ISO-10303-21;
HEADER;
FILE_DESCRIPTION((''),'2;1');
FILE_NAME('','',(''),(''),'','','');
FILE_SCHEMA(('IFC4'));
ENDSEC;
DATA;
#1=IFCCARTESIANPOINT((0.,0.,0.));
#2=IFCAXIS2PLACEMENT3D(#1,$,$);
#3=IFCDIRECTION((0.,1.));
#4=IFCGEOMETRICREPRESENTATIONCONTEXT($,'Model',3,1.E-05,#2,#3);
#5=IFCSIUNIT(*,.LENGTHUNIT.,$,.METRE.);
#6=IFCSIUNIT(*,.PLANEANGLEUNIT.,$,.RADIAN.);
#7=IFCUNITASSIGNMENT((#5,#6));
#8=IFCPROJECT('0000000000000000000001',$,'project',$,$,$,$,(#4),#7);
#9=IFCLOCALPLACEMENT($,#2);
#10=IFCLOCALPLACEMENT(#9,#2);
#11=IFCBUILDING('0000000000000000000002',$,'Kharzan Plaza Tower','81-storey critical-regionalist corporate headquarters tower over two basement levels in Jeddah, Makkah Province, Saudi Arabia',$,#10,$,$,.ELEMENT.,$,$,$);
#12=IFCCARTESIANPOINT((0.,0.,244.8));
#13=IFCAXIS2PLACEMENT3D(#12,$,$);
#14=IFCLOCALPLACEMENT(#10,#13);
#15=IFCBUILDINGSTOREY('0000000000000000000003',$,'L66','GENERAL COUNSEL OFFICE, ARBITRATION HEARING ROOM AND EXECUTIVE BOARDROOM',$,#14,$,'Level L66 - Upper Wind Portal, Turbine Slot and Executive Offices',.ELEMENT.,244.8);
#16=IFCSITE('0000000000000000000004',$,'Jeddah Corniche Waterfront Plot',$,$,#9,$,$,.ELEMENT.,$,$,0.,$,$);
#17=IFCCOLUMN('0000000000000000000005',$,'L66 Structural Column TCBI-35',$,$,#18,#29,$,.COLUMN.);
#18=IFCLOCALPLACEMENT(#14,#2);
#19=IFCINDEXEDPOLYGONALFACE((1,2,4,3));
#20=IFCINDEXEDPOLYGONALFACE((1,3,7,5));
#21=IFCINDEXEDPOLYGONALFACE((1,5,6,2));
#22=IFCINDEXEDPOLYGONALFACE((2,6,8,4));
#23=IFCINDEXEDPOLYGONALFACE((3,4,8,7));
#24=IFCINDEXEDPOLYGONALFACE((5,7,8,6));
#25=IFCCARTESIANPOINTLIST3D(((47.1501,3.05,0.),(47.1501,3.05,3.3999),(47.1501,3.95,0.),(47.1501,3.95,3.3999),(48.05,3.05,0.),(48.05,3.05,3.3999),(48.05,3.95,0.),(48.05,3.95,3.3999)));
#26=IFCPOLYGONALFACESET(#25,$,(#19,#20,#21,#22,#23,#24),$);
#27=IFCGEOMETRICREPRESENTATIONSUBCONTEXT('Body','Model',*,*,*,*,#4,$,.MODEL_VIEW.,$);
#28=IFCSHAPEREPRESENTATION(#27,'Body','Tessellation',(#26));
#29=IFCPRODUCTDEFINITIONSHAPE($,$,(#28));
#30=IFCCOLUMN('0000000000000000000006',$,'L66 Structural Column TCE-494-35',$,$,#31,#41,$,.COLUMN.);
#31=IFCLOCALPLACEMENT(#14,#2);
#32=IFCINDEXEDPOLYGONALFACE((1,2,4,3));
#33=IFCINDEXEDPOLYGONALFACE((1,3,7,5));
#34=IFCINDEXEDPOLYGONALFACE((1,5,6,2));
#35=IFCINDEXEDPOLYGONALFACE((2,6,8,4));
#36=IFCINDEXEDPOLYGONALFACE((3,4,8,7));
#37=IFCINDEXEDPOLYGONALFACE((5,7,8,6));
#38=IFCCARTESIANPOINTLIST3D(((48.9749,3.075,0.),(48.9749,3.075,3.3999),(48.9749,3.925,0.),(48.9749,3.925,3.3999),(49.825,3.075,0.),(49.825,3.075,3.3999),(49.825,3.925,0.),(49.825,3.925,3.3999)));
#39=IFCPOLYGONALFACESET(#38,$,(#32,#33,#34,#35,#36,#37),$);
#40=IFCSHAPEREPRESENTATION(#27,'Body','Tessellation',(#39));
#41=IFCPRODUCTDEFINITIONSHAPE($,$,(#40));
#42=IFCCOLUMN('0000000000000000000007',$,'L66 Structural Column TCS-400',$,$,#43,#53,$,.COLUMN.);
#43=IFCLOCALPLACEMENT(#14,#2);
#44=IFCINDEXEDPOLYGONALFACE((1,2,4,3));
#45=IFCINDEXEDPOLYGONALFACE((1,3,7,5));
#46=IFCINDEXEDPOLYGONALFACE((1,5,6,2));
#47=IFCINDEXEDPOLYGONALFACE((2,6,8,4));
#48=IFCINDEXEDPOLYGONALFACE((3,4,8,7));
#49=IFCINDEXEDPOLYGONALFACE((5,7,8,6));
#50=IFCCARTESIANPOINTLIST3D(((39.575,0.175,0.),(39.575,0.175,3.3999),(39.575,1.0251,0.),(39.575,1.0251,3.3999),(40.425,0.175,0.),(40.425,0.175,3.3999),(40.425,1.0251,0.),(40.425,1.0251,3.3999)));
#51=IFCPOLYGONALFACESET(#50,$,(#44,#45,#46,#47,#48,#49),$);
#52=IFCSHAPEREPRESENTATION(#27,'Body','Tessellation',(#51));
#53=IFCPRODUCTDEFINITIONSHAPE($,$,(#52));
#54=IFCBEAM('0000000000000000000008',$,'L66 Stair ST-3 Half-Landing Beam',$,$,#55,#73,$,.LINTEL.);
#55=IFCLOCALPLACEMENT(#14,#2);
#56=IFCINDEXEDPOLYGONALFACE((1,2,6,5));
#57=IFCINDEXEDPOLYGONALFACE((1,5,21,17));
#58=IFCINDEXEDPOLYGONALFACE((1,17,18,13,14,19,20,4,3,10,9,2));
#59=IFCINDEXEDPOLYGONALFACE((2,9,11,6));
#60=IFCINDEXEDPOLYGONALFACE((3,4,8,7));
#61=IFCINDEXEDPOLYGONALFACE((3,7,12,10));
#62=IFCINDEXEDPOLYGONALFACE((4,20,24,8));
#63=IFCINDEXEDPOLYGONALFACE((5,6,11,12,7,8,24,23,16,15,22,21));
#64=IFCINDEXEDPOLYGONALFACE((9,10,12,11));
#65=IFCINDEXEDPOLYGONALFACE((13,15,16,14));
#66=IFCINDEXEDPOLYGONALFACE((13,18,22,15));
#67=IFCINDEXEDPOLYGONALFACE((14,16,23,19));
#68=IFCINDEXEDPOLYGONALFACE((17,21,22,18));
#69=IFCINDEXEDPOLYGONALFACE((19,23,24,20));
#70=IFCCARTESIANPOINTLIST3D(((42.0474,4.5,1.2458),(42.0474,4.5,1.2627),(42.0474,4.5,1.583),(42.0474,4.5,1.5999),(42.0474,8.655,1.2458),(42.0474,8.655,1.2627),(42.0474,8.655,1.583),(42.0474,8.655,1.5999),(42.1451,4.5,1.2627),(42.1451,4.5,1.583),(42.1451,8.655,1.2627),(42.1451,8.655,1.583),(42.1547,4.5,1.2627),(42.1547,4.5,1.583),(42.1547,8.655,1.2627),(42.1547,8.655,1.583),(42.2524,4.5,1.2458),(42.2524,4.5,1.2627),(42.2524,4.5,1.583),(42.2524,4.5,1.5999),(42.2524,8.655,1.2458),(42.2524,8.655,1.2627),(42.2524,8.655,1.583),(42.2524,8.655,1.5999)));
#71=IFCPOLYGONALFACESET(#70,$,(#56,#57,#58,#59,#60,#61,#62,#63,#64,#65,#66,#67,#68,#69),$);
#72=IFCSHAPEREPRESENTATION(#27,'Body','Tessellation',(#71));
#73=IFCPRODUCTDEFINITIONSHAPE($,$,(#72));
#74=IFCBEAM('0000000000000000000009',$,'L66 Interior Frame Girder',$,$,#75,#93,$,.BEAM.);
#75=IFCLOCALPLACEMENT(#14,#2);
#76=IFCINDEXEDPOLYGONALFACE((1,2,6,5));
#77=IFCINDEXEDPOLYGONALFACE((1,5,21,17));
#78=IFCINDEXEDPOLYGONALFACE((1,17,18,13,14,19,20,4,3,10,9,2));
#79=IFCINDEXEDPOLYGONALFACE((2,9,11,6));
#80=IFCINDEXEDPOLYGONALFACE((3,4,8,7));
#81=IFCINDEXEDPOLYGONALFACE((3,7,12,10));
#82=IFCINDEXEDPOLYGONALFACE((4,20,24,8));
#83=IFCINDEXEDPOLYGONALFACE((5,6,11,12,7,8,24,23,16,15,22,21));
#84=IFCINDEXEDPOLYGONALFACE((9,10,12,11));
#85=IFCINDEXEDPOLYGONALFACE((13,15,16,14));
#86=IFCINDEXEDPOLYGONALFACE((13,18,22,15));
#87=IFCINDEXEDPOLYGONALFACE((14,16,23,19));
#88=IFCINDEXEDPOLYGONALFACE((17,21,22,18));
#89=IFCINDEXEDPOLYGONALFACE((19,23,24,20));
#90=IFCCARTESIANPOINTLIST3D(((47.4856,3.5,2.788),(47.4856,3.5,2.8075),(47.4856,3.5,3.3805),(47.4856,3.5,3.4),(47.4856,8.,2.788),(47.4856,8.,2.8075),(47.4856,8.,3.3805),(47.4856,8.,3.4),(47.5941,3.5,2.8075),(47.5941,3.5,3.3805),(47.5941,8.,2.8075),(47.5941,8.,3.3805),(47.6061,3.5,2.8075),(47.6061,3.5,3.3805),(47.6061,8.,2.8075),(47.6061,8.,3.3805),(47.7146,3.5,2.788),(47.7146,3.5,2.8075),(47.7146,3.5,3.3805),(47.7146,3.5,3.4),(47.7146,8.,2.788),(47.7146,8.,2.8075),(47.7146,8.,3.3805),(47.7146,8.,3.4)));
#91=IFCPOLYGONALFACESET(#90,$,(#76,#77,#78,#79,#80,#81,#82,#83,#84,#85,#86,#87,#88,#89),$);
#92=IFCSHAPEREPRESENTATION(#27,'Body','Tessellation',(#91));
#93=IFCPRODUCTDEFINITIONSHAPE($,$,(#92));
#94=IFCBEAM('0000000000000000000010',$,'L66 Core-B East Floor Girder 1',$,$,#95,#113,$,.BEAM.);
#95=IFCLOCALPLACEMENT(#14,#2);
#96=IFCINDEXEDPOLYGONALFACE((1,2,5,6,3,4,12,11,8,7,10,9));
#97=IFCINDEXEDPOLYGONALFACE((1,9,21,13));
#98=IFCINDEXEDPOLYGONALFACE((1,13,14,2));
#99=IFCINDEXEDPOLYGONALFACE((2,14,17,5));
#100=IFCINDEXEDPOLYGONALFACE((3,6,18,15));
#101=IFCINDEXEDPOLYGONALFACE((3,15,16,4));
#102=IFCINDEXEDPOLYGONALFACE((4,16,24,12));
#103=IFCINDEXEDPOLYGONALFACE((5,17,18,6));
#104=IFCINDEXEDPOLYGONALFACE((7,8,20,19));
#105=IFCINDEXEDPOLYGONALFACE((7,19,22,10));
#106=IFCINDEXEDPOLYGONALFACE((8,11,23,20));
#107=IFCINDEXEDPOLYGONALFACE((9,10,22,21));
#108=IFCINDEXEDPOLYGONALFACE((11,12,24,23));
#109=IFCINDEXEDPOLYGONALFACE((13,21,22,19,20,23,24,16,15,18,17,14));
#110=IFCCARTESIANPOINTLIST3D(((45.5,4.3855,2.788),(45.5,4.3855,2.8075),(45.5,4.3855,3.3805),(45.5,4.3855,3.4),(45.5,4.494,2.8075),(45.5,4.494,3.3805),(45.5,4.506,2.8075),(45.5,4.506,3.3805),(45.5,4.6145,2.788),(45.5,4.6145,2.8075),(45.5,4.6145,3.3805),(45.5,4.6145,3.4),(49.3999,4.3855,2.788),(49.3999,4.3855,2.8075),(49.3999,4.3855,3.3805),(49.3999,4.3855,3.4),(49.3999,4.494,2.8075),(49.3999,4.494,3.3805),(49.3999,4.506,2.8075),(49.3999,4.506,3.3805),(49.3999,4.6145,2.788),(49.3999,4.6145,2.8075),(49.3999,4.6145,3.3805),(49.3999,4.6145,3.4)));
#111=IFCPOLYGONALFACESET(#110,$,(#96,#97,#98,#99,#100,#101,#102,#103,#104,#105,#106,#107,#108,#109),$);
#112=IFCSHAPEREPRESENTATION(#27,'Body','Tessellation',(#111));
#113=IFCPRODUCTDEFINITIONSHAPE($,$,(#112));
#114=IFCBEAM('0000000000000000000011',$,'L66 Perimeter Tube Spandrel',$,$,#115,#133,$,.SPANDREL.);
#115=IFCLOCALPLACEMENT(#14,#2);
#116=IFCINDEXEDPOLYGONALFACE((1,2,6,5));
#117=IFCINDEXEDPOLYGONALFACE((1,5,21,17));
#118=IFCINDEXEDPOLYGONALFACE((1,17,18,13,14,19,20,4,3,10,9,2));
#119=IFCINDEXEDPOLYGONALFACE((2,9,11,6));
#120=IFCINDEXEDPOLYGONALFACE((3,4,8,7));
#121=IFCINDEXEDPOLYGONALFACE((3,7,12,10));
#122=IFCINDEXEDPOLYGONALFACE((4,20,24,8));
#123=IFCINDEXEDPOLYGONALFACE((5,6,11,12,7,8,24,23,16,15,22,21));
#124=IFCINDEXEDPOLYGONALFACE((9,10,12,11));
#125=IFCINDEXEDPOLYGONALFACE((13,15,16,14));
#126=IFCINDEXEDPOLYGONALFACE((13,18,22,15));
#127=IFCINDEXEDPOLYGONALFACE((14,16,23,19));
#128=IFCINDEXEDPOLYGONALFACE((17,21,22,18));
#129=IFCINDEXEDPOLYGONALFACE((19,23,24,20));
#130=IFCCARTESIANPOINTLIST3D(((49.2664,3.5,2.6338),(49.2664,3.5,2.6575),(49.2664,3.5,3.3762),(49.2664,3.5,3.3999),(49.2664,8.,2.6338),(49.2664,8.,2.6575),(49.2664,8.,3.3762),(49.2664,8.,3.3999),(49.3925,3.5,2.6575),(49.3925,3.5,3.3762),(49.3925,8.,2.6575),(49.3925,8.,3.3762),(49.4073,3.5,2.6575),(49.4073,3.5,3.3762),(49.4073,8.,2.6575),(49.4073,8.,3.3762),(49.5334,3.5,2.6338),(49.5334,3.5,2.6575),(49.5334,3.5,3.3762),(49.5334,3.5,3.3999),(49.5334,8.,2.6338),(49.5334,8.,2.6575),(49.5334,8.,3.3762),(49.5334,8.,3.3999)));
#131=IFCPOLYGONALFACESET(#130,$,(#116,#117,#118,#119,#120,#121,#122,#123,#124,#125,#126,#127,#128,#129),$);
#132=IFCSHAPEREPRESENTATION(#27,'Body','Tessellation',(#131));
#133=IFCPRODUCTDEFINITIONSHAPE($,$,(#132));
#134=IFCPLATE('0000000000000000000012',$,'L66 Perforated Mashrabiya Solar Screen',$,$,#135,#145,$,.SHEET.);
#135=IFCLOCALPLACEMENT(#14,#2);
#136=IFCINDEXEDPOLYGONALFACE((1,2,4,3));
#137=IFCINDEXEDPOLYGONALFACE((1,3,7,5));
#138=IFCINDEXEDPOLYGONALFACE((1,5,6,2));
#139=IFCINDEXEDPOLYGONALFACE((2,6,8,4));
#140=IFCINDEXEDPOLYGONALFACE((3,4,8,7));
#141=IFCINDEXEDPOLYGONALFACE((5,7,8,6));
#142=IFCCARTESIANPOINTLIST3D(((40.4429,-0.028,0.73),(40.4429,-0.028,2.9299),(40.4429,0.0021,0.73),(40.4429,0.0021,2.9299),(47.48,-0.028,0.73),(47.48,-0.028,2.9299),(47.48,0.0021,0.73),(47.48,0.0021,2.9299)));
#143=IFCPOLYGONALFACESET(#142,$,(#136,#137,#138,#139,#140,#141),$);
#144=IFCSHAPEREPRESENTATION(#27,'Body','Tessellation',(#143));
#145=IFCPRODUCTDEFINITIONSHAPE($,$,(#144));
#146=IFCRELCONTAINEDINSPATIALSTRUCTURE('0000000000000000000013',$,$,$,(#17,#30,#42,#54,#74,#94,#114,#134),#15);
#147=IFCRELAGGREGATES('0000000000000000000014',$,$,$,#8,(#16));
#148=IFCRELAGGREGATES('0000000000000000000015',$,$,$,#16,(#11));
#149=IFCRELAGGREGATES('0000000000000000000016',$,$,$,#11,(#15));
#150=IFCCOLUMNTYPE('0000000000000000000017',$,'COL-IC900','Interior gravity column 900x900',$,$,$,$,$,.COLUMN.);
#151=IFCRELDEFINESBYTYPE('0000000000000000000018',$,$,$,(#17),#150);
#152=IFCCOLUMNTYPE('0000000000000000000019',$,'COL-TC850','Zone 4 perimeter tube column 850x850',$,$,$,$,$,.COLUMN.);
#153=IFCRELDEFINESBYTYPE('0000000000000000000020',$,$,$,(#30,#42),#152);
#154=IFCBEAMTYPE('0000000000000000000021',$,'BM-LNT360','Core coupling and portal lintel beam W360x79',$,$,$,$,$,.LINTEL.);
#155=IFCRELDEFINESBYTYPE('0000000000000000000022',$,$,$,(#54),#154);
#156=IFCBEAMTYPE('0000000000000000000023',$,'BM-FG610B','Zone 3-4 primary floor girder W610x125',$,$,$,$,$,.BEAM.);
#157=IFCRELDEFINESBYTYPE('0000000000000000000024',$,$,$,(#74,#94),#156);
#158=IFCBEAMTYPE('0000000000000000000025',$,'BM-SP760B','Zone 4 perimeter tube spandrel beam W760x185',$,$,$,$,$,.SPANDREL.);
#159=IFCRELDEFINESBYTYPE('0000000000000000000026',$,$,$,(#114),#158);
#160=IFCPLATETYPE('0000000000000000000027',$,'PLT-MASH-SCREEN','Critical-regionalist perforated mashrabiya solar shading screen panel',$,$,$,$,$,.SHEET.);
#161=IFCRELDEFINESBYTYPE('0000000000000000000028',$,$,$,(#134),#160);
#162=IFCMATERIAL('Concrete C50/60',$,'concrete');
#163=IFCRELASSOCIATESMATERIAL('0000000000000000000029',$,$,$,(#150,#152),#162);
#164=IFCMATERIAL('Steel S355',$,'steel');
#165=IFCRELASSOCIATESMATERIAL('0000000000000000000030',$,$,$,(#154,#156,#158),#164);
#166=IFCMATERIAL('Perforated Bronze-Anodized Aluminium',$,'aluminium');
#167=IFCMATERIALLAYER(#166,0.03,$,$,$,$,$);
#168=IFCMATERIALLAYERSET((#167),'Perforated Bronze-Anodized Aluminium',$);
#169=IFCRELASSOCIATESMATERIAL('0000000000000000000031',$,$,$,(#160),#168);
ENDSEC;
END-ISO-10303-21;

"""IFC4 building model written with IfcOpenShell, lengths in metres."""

from ifc_helpers import new_model, si_unit, direction, frame, origin, origin_2d, place, context, subcontext, project, spatial, rectangle, i_section, extrude, source, transform, mapped, material, layer, layer_set, material_profile, profile_set, type_object, element, save


model = new_model("IFC4")

# Units and contexts
model_context = context("Model", 3, precision=1e-05, world=origin(), true_north=direction((0.0, 1.0)))
body_context = subcontext(model_context, "Body", "Model", "MODEL_VIEW")
ifc_project = project(units=[si_unit("LENGTHUNIT", "METRE"), si_unit("PLANEANGLEUNIT", "RADIAN")], contexts=[model_context])

# Site, building, storey
site_placement = place(None, origin())
site = spatial("IfcSite", under=ifc_project, at=site_placement, Name="Jeddah Corniche Waterfront Plot", CompositionType="ELEMENT", RefElevation=0.0)
building_placement = place(site_placement, origin())
building = spatial("IfcBuilding", under=site, at=building_placement, Name="Kharzan Plaza Tower", Description="81-storey critical-regionalist corporate headquarters tower over two basement levels in Jeddah, Makkah Province, Saudi Arabia", CompositionType="ELEMENT")
storey_placement = place(building_placement, frame((0.0, 0.0, 244.8)))
storey = spatial("IfcBuildingStorey", under=building, at=storey_placement, Name="L66", Description="GENERAL COUNSEL OFFICE, ARBITRATION HEARING ROOM AND EXECUTIVE BOARDROOM", LongName="Level L66 - Upper Wind Portal, Turbine Slot and Executive Offices", CompositionType="ELEMENT", Elevation=244.8)

# Columns
ifc_material_1 = material(Name="Concrete C50/60", Category="concrete")
ifc_material_profile_1 = material_profile(ifc_material_1, rectangle(XDim=0.8999, YDim=0.8999, at=origin_2d()), Name="RC-IC900x900")
ifc_profile_set_1 = profile_set([ifc_material_profile_1], Name="Concrete C50/60")
column_type_1 = type_object("IfcColumnType", Name="COL-IC900", Description="Interior gravity column 900x900", PredefinedType="COLUMN", material=ifc_profile_set_1)
shared_shape_1 = source(origin(), body_context, "Body", "SweptSolid", [
    extrude(rectangle(XDim=0.8999, YDim=0.8999, at=origin_2d()), origin(), (0.0, 0.0, 1.0), 3.3999),
])
column_placement = place(storey_placement, frame((47.6001, 3.5, 0.0), z_axis=(0.0, 0.0, 1.0), x_axis=(1.0, 0.0, 0.0)))
element("IfcColumn", 1, at=column_placement, inside=storey, type_object=column_type_1, Name="L66 Structural Column TCBI-35", PredefinedType="COLUMN", context=body_context, shape_type="MappedRepresentation", body=[
    mapped(shared_shape_1, transform((0.0, 0.0, 0.0), x_axis=(1.0, 0.0, 0.0), y_axis=(0.0, 1.0, 0.0), z_axis=(0.0, 0.0, 1.0))),
])
ifc_material_profile_2 = material_profile(ifc_material_1, rectangle(XDim=0.8501, YDim=0.8501, at=origin_2d()), Name="RC-TC850x850")
ifc_profile_set_2 = profile_set([ifc_material_profile_2], Name="Concrete C50/60")
column_type_2 = type_object("IfcColumnType", Name="COL-TC850", Description="Zone 4 perimeter tube column 850x850", PredefinedType="COLUMN", material=ifc_profile_set_2)
shared_shape_2 = source(origin(), body_context, "Body", "SweptSolid", [
    extrude(rectangle(XDim=0.8501, YDim=0.8501, at=origin_2d()), origin(), (0.0, 0.0, 1.0), 3.3999),
])
for number, where, z_axis, x_axis, name in (
    (2, (49.3999, 3.5, 0.0), (0.0, 0.0, 1.0), (1.0, 0.0, 0.0), "L66 Structural Column TCE-494-35"),
    (3, (40.0, 0.6001, 0.0), (0.0, 0.0, 1.0), (1.0, 0.0, 0.0), "L66 Structural Column TCS-400"),
):
    element("IfcColumn", number, at=place(storey_placement, frame(where, z_axis=z_axis, x_axis=x_axis)), inside=storey, type_object=column_type_2, Name=name, PredefinedType="COLUMN", context=body_context, shape_type="MappedRepresentation", body=[
        mapped(shared_shape_2, transform((0.0, 0.0, 0.0), x_axis=(1.0, 0.0, 0.0), y_axis=(0.0, 1.0, 0.0), z_axis=(0.0, 0.0, 1.0))),
    ])

# Beams
ifc_material_2 = material(Name="Steel S355", Category="steel")
ifc_material_profile_3 = material_profile(ifc_material_2, i_section(OverallWidth=0.2051, OverallDepth=0.354, WebThickness=0.0095, FlangeThickness=0.0168, at=origin_2d()), Name="W360x79")
ifc_profile_set_3 = profile_set([ifc_material_profile_3], Name="Steel S355")
beam_type_1 = type_object("IfcBeamType", Name="BM-LNT360", Description="Core coupling and portal lintel beam W360x79", PredefinedType="LINTEL", material=ifc_profile_set_3)
shared_shape_3 = source(origin(), body_context, "Body", "SweptSolid", [
    extrude(i_section(OverallWidth=0.2051, OverallDepth=0.354, WebThickness=0.0095, FlangeThickness=0.0168, at=origin_2d()), origin(), (0.0, 0.0, 1.0), 4.155),
])
beam_1_placement = place(storey_placement, frame((42.1499, 4.5, 1.4229), z_axis=(0.0, 1.0, 0.0), x_axis=(-1.0, 0.0, 0.0)))
element("IfcBeam", 4, at=beam_1_placement, inside=storey, type_object=beam_type_1, Name="L66 Stair ST-3 Half-Landing Beam", PredefinedType="LINTEL", context=body_context, shape_type="MappedRepresentation", body=[
    mapped(shared_shape_3, transform((0.0, 0.0, 0.0), x_axis=(1.0, 0.0, 0.0), y_axis=(0.0, 1.0, 0.0), z_axis=(0.0, 0.0, 1.0))),
])
ifc_material_profile_4 = material_profile(ifc_material_2, i_section(OverallWidth=0.229, OverallDepth=0.6121, WebThickness=0.012, FlangeThickness=0.0195, at=origin_2d()), Name="W610x125")
ifc_profile_set_4 = profile_set([ifc_material_profile_4], Name="Steel S355")
beam_type_2 = type_object("IfcBeamType", Name="BM-FG610B", Description="Zone 3-4 primary floor girder W610x125", PredefinedType="BEAM", material=ifc_profile_set_4)
shared_shape_4 = source(origin(), body_context, "Body", "SweptSolid", [
    extrude(i_section(OverallWidth=0.229, OverallDepth=0.6121, WebThickness=0.012, FlangeThickness=0.0195, at=origin_2d()), origin(), (0.0, 0.0, 1.0), 4.5),
])
beam_2_placement = place(storey_placement, frame((47.6001, 3.5, 3.094), z_axis=(0.0, 1.0, 0.0), x_axis=(-1.0, 0.0, 0.0)))
element("IfcBeam", 5, at=beam_2_placement, inside=storey, type_object=beam_type_2, Name="L66 Interior Frame Girder", PredefinedType="BEAM", context=body_context, shape_type="MappedRepresentation", body=[
    mapped(shared_shape_4, transform((0.0, 0.0, 0.0), x_axis=(1.0, 0.0, 0.0), y_axis=(0.0, 1.0, 0.0), z_axis=(0.0, 0.0, 1.0))),
])
shared_shape_5 = source(origin(), body_context, "Body", "SweptSolid", [
    extrude(i_section(OverallWidth=0.229, OverallDepth=0.6121, WebThickness=0.012, FlangeThickness=0.0195, at=origin_2d()), origin(), (0.0, 0.0, 1.0), 3.8999),
])
beam_3_placement = place(storey_placement, frame((45.5, 4.5, 3.094), z_axis=(1.0, 0.0, 0.0), x_axis=(0.0, 1.0, 0.0)))
element("IfcBeam", 6, at=beam_3_placement, inside=storey, type_object=beam_type_2, Name="L66 Core-B East Floor Girder 1", PredefinedType="BEAM", context=body_context, shape_type="MappedRepresentation", body=[
    mapped(shared_shape_5, transform((0.0, 0.0, 0.0), x_axis=(1.0, 0.0, 0.0), y_axis=(0.0, 1.0, 0.0), z_axis=(0.0, 0.0, 1.0))),
])
ifc_material_profile_5 = material_profile(ifc_material_2, i_section(OverallWidth=0.2671, OverallDepth=0.7661, WebThickness=0.0149, FlangeThickness=0.0237, at=origin_2d()), Name="W760x185")
ifc_profile_set_5 = profile_set([ifc_material_profile_5], Name="Steel S355")
beam_type_3 = type_object("IfcBeamType", Name="BM-SP760B", Description="Zone 4 perimeter tube spandrel beam W760x185", PredefinedType="SPANDREL", material=ifc_profile_set_5)
shared_shape_6 = source(origin(), body_context, "Body", "SweptSolid", [
    extrude(i_section(OverallWidth=0.2671, OverallDepth=0.7661, WebThickness=0.0149, FlangeThickness=0.0237, at=origin_2d()), origin(), (0.0, 0.0, 1.0), 4.5),
])
beam_4_placement = place(storey_placement, frame((49.3999, 3.5, 3.0168), z_axis=(0.0, 1.0, 0.0), x_axis=(-1.0, 0.0, 0.0)))
element("IfcBeam", 7, at=beam_4_placement, inside=storey, type_object=beam_type_3, Name="L66 Perimeter Tube Spandrel", PredefinedType="SPANDREL", context=body_context, shape_type="MappedRepresentation", body=[
    mapped(shared_shape_6, transform((0.0, 0.0, 0.0), x_axis=(1.0, 0.0, 0.0), y_axis=(0.0, 1.0, 0.0), z_axis=(0.0, 0.0, 1.0))),
])

# Plate
ifc_material_3 = material(Name="Perforated Bronze-Anodized Aluminium", Category="aluminium")
ifc_layer_1 = layer(ifc_material_3, 0.03)
ifc_layer_set_1 = layer_set([ifc_layer_1], Name="Perforated Bronze-Anodized Aluminium")
plate_type = type_object("IfcPlateType", Name="PLT-MASH-SCREEN", Description="Critical-regionalist perforated mashrabiya solar shading screen panel", PredefinedType="SHEET", material=ifc_layer_set_1)
shared_shape_7 = source(origin(), body_context, "Body", "SweptSolid", [
    extrude(rectangle(XDim=7.0371, YDim=0.03, at=origin_2d()), origin(), (0.0, 0.0, 1.0), 2.2),
])
plate_placement = place(storey_placement, frame((43.9614, -0.0129, 0.73), z_axis=(0.0, 0.0, 1.0), x_axis=(1.0, 0.0, 0.0)))
element("IfcPlate", 8, at=plate_placement, inside=storey, type_object=plate_type, Name="L66 Perforated Mashrabiya Solar Screen", PredefinedType="SHEET", context=body_context, shape_type="MappedRepresentation", body=[
    mapped(shared_shape_7, transform((0.0, 0.0, 0.0), x_axis=(1.0, 0.0, 0.0), y_axis=(0.0, 1.0, 0.0), z_axis=(0.0, 0.0, 1.0))),
])

save(model, "model.ifc")
